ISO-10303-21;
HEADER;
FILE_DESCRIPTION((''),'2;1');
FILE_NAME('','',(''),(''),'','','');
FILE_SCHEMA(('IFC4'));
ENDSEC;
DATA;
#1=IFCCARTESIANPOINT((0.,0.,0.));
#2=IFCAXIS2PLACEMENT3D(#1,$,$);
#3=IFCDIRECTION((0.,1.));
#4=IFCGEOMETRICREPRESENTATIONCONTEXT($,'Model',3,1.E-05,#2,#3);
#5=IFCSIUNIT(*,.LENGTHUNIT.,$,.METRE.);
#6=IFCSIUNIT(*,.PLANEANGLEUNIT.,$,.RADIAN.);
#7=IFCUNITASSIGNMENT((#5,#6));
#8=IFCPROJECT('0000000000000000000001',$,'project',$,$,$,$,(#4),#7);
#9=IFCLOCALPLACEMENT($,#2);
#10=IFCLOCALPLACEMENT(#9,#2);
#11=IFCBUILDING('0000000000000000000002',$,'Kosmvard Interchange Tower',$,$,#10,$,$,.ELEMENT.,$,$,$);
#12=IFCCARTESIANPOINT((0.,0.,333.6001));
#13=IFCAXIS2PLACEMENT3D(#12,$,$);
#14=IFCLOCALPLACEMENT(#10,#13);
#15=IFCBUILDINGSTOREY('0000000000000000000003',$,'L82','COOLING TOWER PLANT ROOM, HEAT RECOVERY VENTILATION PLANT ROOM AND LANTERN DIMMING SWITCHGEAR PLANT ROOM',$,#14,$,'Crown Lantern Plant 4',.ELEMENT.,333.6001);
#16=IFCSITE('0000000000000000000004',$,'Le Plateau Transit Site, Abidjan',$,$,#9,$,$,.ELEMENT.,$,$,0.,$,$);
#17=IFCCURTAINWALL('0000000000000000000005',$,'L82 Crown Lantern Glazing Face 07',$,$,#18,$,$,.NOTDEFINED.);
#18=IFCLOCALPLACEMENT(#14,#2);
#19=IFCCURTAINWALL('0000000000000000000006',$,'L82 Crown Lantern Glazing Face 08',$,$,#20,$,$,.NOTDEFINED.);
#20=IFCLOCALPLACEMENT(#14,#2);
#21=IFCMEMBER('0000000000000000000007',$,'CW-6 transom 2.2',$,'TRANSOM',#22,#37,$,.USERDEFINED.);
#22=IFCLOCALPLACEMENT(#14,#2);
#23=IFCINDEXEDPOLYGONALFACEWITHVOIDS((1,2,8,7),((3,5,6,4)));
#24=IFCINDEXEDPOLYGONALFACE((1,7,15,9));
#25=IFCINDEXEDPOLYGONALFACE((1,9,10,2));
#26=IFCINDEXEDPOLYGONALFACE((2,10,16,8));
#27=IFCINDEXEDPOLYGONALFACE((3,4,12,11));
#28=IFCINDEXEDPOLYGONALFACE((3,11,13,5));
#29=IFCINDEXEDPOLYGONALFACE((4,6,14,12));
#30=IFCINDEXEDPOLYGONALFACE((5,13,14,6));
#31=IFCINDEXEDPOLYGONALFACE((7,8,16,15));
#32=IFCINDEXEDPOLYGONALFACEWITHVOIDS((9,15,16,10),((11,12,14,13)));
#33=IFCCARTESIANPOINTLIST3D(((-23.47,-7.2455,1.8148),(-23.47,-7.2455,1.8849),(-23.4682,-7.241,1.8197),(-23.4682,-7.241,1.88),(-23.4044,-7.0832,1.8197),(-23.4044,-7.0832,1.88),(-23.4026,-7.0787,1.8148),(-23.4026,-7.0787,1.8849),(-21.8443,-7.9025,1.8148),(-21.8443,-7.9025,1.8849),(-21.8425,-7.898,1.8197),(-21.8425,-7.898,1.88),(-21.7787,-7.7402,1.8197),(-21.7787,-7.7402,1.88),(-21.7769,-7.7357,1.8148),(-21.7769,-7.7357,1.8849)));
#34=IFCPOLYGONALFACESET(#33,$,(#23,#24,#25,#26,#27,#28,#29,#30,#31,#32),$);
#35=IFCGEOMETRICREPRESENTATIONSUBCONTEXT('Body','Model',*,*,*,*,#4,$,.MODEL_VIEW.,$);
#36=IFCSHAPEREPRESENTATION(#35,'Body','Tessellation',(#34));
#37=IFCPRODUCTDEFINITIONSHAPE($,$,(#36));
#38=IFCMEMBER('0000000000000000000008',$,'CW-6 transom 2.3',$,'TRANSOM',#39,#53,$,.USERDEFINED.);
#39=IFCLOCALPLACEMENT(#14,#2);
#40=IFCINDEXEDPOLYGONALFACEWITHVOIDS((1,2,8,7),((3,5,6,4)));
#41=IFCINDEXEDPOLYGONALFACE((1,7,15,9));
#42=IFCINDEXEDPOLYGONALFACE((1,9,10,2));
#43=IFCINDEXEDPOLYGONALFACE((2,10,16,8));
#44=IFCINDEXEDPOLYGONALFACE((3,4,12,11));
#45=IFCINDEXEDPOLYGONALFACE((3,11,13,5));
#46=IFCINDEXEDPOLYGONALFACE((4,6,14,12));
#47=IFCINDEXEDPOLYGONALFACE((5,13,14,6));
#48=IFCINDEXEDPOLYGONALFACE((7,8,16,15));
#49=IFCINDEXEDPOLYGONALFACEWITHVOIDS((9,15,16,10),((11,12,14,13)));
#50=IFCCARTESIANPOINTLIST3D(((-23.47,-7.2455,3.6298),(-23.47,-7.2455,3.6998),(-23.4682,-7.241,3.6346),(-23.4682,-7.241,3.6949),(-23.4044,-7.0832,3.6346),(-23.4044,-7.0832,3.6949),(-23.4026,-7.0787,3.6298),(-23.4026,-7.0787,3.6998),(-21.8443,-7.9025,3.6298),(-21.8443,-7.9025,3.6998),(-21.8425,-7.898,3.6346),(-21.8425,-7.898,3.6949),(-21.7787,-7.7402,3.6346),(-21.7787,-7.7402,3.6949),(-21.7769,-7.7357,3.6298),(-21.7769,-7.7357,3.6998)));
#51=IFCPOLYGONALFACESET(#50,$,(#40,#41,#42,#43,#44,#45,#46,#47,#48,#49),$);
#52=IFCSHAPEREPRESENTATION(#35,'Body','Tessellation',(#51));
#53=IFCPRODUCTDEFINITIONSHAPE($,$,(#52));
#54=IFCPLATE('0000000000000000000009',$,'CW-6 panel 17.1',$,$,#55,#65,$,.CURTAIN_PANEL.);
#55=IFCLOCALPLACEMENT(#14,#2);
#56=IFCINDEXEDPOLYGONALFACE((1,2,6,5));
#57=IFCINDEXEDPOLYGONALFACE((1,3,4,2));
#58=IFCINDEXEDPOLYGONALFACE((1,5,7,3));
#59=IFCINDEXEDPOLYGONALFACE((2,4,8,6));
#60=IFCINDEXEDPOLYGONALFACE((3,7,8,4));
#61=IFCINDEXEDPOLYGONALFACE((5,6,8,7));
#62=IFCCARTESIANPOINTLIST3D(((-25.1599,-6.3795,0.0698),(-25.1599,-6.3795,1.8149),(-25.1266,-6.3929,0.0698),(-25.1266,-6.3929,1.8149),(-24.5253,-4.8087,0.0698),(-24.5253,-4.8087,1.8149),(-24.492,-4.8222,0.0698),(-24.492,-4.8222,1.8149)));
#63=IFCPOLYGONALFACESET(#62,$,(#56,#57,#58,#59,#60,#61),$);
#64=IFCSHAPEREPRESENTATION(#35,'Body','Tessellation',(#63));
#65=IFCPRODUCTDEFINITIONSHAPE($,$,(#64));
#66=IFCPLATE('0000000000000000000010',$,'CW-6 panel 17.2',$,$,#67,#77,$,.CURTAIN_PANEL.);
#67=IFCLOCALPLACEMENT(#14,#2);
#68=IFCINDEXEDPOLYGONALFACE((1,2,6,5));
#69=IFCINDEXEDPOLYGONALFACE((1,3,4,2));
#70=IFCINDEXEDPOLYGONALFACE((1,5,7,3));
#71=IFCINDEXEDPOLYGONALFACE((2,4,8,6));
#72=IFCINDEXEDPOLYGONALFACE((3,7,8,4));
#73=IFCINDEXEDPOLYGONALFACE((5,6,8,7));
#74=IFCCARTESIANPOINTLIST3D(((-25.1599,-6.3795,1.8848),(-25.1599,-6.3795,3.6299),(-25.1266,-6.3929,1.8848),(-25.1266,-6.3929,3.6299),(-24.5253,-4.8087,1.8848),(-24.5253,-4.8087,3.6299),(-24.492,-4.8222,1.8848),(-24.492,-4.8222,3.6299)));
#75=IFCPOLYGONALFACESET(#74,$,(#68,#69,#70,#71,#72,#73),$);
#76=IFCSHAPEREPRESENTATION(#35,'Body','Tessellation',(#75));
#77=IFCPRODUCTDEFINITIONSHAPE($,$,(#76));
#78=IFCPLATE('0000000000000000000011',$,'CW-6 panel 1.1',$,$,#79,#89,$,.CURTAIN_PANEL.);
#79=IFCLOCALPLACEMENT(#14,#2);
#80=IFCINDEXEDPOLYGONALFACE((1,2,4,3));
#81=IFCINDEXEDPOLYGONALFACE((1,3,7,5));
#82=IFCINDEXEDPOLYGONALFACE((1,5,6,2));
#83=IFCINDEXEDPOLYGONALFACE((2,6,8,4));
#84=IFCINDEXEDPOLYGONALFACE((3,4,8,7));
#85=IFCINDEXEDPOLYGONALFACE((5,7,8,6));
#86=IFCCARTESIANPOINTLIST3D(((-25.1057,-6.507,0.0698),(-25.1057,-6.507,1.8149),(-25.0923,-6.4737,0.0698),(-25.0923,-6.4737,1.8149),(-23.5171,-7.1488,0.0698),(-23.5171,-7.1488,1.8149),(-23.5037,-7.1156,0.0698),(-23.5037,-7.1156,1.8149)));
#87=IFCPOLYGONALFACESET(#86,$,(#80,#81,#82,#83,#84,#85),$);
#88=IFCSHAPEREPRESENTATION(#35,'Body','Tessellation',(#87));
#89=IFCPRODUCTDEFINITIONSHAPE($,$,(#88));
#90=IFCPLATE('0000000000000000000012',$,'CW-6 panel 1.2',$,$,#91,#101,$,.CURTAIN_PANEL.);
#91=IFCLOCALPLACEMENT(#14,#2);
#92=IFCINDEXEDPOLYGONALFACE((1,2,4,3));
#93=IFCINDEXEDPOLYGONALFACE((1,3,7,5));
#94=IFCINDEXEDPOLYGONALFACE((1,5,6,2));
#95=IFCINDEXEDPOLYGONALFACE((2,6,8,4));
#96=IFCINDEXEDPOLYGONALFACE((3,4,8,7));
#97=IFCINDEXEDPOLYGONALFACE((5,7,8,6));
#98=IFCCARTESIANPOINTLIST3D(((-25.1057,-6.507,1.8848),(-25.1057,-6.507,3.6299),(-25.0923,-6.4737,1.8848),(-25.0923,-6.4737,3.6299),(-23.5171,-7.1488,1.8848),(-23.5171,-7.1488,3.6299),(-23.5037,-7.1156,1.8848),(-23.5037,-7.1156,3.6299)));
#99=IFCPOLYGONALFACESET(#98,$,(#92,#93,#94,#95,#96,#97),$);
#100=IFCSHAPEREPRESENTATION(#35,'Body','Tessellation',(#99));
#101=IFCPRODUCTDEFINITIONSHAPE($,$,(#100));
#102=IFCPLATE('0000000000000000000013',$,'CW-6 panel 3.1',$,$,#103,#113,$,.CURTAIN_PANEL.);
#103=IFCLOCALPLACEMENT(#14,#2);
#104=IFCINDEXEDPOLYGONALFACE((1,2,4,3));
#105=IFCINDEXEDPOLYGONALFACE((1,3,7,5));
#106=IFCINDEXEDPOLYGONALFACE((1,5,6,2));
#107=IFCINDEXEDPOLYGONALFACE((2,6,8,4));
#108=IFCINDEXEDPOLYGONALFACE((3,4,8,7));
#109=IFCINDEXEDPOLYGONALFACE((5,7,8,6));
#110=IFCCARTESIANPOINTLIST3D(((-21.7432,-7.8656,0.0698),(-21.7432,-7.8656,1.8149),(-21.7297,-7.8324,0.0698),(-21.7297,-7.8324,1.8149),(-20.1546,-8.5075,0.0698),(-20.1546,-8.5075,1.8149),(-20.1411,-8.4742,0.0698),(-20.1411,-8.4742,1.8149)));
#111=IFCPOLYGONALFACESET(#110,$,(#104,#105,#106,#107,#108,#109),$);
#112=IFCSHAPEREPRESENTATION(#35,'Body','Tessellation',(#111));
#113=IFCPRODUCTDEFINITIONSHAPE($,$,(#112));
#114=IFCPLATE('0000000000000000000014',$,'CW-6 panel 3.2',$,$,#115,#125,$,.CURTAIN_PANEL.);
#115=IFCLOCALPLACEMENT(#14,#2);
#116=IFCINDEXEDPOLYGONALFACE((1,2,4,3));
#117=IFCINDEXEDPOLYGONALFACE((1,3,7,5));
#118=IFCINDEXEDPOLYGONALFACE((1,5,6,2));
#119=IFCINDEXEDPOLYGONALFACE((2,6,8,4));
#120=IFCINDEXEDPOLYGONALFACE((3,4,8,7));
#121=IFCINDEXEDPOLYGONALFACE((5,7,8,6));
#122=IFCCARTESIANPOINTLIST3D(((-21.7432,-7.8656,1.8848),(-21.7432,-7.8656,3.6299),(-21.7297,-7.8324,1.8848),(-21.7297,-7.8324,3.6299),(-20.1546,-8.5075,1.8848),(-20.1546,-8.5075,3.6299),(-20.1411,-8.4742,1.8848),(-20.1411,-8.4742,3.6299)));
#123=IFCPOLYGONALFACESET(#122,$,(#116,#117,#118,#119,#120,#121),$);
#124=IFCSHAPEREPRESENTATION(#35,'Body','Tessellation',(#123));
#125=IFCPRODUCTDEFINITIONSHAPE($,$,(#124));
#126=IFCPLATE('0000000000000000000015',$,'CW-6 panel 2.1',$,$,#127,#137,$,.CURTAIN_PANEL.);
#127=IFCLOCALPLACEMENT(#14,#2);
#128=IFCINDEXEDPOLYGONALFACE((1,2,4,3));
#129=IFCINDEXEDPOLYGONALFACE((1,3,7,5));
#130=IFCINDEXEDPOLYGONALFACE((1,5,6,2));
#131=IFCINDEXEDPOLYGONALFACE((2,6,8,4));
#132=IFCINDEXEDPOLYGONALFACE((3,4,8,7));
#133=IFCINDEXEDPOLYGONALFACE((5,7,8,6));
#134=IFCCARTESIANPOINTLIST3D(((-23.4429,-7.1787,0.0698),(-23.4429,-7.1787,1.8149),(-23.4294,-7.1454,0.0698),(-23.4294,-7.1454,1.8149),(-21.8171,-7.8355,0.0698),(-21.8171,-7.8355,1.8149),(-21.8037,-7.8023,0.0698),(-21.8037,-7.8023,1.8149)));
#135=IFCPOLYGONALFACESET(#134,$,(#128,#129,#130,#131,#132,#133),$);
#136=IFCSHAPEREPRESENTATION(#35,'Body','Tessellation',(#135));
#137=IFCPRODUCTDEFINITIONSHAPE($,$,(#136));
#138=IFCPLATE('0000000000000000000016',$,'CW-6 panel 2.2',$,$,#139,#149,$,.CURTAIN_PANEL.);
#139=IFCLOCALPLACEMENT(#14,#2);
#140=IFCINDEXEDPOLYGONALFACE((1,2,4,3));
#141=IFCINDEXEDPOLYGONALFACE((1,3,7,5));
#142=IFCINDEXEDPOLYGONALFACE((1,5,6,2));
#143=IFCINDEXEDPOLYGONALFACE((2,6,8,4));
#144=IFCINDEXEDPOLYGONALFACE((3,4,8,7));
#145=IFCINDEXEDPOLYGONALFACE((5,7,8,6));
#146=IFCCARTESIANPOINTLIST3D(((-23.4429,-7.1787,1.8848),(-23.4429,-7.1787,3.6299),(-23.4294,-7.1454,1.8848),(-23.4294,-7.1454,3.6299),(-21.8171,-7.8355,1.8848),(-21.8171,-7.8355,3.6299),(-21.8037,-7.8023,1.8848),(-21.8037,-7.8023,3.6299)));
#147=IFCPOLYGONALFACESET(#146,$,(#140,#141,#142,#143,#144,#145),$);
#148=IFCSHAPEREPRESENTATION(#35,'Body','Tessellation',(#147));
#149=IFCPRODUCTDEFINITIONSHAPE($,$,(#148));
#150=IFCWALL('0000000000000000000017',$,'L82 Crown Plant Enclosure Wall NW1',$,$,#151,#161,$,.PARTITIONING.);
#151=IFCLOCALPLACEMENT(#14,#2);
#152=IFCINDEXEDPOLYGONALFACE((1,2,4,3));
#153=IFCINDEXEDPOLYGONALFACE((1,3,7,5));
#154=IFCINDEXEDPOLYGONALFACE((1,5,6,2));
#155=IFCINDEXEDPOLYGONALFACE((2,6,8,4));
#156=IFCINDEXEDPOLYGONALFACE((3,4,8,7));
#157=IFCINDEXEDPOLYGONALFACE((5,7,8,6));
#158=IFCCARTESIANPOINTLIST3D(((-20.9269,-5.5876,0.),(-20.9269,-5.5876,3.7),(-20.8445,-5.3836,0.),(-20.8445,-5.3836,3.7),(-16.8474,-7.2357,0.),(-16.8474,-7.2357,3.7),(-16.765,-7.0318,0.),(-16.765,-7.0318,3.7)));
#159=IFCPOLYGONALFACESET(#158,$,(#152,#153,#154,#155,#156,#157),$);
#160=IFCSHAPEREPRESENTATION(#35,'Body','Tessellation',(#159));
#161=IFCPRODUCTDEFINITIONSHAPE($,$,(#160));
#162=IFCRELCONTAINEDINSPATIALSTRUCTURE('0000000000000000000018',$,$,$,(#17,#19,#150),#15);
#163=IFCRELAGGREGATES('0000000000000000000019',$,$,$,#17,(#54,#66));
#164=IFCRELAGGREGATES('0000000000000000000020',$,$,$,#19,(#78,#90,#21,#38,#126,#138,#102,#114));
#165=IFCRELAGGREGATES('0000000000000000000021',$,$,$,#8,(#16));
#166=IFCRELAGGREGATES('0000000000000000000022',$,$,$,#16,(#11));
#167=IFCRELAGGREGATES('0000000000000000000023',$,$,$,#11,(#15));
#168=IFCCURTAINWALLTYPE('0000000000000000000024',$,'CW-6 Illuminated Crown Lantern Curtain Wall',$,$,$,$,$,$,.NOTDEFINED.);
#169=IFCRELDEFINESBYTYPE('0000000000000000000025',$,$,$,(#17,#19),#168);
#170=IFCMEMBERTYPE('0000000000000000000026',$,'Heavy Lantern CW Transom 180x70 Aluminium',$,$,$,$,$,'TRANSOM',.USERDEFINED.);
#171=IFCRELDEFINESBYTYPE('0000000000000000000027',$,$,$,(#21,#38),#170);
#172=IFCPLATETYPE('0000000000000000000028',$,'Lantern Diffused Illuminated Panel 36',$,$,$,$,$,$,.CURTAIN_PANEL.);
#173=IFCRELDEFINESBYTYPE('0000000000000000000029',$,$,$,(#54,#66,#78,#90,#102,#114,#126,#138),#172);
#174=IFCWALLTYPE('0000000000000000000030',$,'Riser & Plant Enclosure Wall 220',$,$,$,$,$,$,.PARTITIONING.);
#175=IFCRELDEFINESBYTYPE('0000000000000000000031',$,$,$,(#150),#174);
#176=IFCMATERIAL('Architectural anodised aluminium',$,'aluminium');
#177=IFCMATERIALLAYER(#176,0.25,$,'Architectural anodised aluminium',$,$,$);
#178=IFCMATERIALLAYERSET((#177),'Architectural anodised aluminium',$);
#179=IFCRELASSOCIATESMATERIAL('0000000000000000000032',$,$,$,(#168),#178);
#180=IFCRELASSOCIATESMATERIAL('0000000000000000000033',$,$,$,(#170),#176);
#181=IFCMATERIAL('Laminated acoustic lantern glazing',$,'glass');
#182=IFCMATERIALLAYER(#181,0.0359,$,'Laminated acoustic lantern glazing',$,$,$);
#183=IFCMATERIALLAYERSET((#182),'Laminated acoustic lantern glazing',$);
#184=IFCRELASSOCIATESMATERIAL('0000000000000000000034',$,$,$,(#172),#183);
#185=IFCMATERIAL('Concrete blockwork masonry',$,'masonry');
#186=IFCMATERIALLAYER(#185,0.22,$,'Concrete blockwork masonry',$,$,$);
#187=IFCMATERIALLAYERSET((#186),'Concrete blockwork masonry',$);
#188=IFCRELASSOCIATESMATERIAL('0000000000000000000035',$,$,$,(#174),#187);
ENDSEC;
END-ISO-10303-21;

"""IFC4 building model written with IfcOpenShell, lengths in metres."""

from ifc_helpers import new_model, si_unit, direction, frame, frame_2d, origin, origin_2d, place, context, subcontext, project, spatial, rectangle, hollow_rectangle, extrude, source, transform, mapped, material, layer, layer_set, material_profile, profile_set, type_object, element, aggregate, save


model = new_model("IFC4")

# Units and contexts
model_context = context("Model", 3, precision=1e-05, world=origin(), true_north=direction((0.0, 1.0)))
body_context = subcontext(model_context, "Body", "Model", "MODEL_VIEW")
ifc_project = project(units=[si_unit("LENGTHUNIT", "METRE"), si_unit("PLANEANGLEUNIT", "RADIAN")], contexts=[model_context])

# Site, building, storey
site_placement = place(None, origin())
site = spatial("IfcSite", under=ifc_project, at=site_placement, Name="Le Plateau Transit Site, Abidjan", CompositionType="ELEMENT", RefElevation=0.0)
building_placement = place(site_placement, origin())
building = spatial("IfcBuilding", under=site, at=building_placement, Name="Kosmvard Interchange Tower", CompositionType="ELEMENT")
storey_placement = place(building_placement, frame((0.0, 0.0, 333.6001)))
storey = spatial("IfcBuildingStorey", under=building, at=storey_placement, Name="L82", Description="COOLING TOWER PLANT ROOM, HEAT RECOVERY VENTILATION PLANT ROOM AND LANTERN DIMMING SWITCHGEAR PLANT ROOM", LongName="Crown Lantern Plant 4", CompositionType="ELEMENT", Elevation=333.6001)

# Curtain wall
ifc_material_1 = material(Name="Architectural anodised aluminium", Category="aluminium")
ifc_layer_1 = layer(ifc_material_1, 0.25, Name="Architectural anodised aluminium")
ifc_layer_set_1 = layer_set([ifc_layer_1], Name="Architectural anodised aluminium")
curtain_wall_type = type_object("IfcCurtainWallType", Name="CW-6 Illuminated Crown Lantern Curtain Wall", PredefinedType="NOTDEFINED", material=ifc_layer_set_1)
curtain_wall_1_placement = place(storey_placement, origin())
curtain_wall_1 = element("IfcCurtainWall", 1, at=curtain_wall_1_placement, inside=storey, type_object=curtain_wall_type, Name="L82 Crown Lantern Glazing Face 07", PredefinedType="NOTDEFINED")

# Curtain wall, members
curtain_wall_2_placement = place(storey_placement, origin())
curtain_wall_2 = element("IfcCurtainWall", 2, at=curtain_wall_2_placement, inside=storey, type_object=curtain_wall_type, Name="L82 Crown Lantern Glazing Face 08", PredefinedType="NOTDEFINED")
ifc_material_profile_1 = material_profile(ifc_material_1, hollow_rectangle(XDim=0.1799, YDim=0.0701, WallThickness=0.0049, at=origin_2d()), Name="CWT 180x70x5")
ifc_profile_set_1 = profile_set([ifc_material_profile_1], Name="Architectural anodised aluminium")
member_type_1 = type_object("IfcMemberType", Name="Heavy Lantern CW Transom 180x70 Aluminium", ElementType="TRANSOM", PredefinedType="USERDEFINED", material=ifc_profile_set_1)
shared_shape_1 = source(origin(), body_context, "Body", "SweptSolid", [
    extrude(hollow_rectangle(XDim=0.1799, YDim=0.0701, WallThickness=0.0049, at=origin_2d()), origin(), (0.0, 0.0, 1.0), 1.7534),
])
member_1_placement = place(storey_placement, frame((-23.4363, -7.1621, 1.8499), z_axis=(0.927155, -0.374677, 0.0), x_axis=(0.374677, 0.927155, 0.0)))
member_1 = element("IfcMember", 3, at=member_1_placement, type_object=member_type_1, Name="CW-6 transom 2.2", ObjectType="TRANSOM", PredefinedType="USERDEFINED", context=body_context, shape_type="MappedRepresentation", body=[
    mapped(shared_shape_1, transform((0.0, 0.0, 0.0), scale=1.0)),
])
member_2_placement = place(storey_placement, frame((-23.4363, -7.1621, 3.6648), z_axis=(0.927155, -0.374677, 0.0), x_axis=(0.374677, 0.927155, 0.0)))
member_2 = element("IfcMember", 4, at=member_2_placement, type_object=member_type_1, Name="CW-6 transom 2.3", ObjectType="TRANSOM", PredefinedType="USERDEFINED", context=body_context, shape_type="MappedRepresentation", body=[
    mapped(shared_shape_1, transform((0.0, 0.0, 0.0), scale=1.0)),
])

# Plates
ifc_material_2 = material(Name="Laminated acoustic lantern glazing", Category="glass")
ifc_layer_2 = layer(ifc_material_2, 0.0359, Name="Laminated acoustic lantern glazing")
ifc_layer_set_2 = layer_set([ifc_layer_2], Name="Laminated acoustic lantern glazing")
plate_type = type_object("IfcPlateType", Name="Lantern Diffused Illuminated Panel 36", PredefinedType="CURTAIN_PANEL", material=ifc_layer_set_2)
shared_shape_2 = source(origin(), body_context, "Body", "SweptSolid", [
    extrude(rectangle(XDim=1.6941, YDim=0.0359, at=origin_2d()), origin(), (0.0, 0.0, 1.0), 1.7451),
])
plate_1_placement = place(storey_placement, frame((-24.8259, -5.6008, 0.0698), z_axis=(0.0, 0.0, 1.0), x_axis=(-0.374607, -0.927184, 0.0)))
plate_1 = element("IfcPlate", 5, at=plate_1_placement, type_object=plate_type, Name="CW-6 panel 17.1", PredefinedType="CURTAIN_PANEL", context=body_context, shape_type="MappedRepresentation", body=[
    mapped(shared_shape_2, transform((0.0, 0.0, 0.0), scale=1.0)),
])
plate_2_placement = place(storey_placement, frame((-24.8259, -5.6008, 1.8848), z_axis=(0.0, 0.0, 1.0), x_axis=(-0.374607, -0.927184, 0.0)))
plate_2 = element("IfcPlate", 6, at=plate_2_placement, type_object=plate_type, Name="CW-6 panel 17.2", PredefinedType="CURTAIN_PANEL", context=body_context, shape_type="MappedRepresentation", body=[
    mapped(shared_shape_2, transform((0.0, 0.0, 0.0), scale=1.0)),
])
aggregate(curtain_wall_1, [plate_1, plate_2])
shared_shape_3 = source(origin(), body_context, "Body", "SweptSolid", [
    extrude(rectangle(XDim=1.7134, YDim=0.0359, at=origin_2d()), origin(), (0.0, 0.0, 1.0), 1.7451),
])
plate_3_placement = place(storey_placement, frame((-24.3047, -6.8113, 0.0698), z_axis=(0.0, 0.0, 1.0), x_axis=(0.927184, -0.374607, 0.0)))
plate_3 = element("IfcPlate", 7, at=plate_3_placement, type_object=plate_type, Name="CW-6 panel 1.1", PredefinedType="CURTAIN_PANEL", context=body_context, shape_type="MappedRepresentation", body=[
    mapped(shared_shape_3, transform((0.0, 0.0, 0.0), scale=1.0)),
])
plate_4_placement = place(storey_placement, frame((-24.3047, -6.8113, 1.8848), z_axis=(0.0, 0.0, 1.0), x_axis=(0.927184, -0.374607, 0.0)))
plate_4 = element("IfcPlate", 8, at=plate_4_placement, type_object=plate_type, Name="CW-6 panel 1.2", PredefinedType="CURTAIN_PANEL", context=body_context, shape_type="MappedRepresentation", body=[
    mapped(shared_shape_3, transform((0.0, 0.0, 0.0), scale=1.0)),
])
plate_5_placement = place(storey_placement, frame((-20.9421, -8.1699, 0.0698), z_axis=(0.0, 0.0, 1.0), x_axis=(0.927184, -0.374607, 0.0)))
plate_5 = element("IfcPlate", 9, at=plate_5_placement, type_object=plate_type, Name="CW-6 panel 3.1", PredefinedType="CURTAIN_PANEL", context=body_context, shape_type="MappedRepresentation", body=[
    mapped(shared_shape_3, transform((0.0, 0.0, 0.0), scale=1.0)),
])
plate_6_placement = place(storey_placement, frame((-20.9421, -8.1699, 1.8848), z_axis=(0.0, 0.0, 1.0), x_axis=(0.927184, -0.374607, 0.0)))
plate_6 = element("IfcPlate", 10, at=plate_6_placement, type_object=plate_type, Name="CW-6 panel 3.2", PredefinedType="CURTAIN_PANEL", context=body_context, shape_type="MappedRepresentation", body=[
    mapped(shared_shape_3, transform((0.0, 0.0, 0.0), scale=1.0)),
])
shared_shape_4 = source(origin(), body_context, "Body", "SweptSolid", [
    extrude(rectangle(XDim=1.7534, YDim=0.0359, at=origin_2d()), origin(), (0.0, 0.0, 1.0), 1.7451),
])
plate_7_placement = place(storey_placement, frame((-22.6233, -7.4905, 0.0698), z_axis=(0.0, 0.0, 1.0), x_axis=(0.927184, -0.374607, 0.0)))
plate_7 = element("IfcPlate", 11, at=plate_7_placement, type_object=plate_type, Name="CW-6 panel 2.1", PredefinedType="CURTAIN_PANEL", context=body_context, shape_type="MappedRepresentation", body=[
    mapped(shared_shape_4, transform((0.0, 0.0, 0.0), scale=1.0)),
])
plate_8_placement = place(storey_placement, frame((-22.6233, -7.4905, 1.8848), z_axis=(0.0, 0.0, 1.0), x_axis=(0.927184, -0.374607, 0.0)))
plate_8 = element("IfcPlate", 12, at=plate_8_placement, type_object=plate_type, Name="CW-6 panel 2.2", PredefinedType="CURTAIN_PANEL", context=body_context, shape_type="MappedRepresentation", body=[
    mapped(shared_shape_4, transform((0.0, 0.0, 0.0), scale=1.0)),
])
aggregate(curtain_wall_2, [plate_3, plate_4, member_1, member_2, plate_7, plate_8, plate_5, plate_6])

# Wall
ifc_material_3 = material(Name="Concrete blockwork masonry", Category="masonry")
ifc_layer_3 = layer(ifc_material_3, 0.22, Name="Concrete blockwork masonry")
ifc_layer_set_3 = layer_set([ifc_layer_3], Name="Concrete blockwork masonry")
wall_type = type_object("IfcWallType", Name="Riser & Plant Enclosure Wall 220", PredefinedType="PARTITIONING", material=ifc_layer_set_3)
wall_placement = place(storey_placement, frame((-20.8857, -5.4856, 0.0), z_axis=(0.0, 0.0, 1.0), x_axis=(0.927189, -0.374593, 0.0)))
element("IfcWall", 13, at=wall_placement, inside=storey, type_object=wall_type, Name="L82 Crown Plant Enclosure Wall NW1", PredefinedType="PARTITIONING", context=body_context, shape_type="SweptSolid", body=[
    extrude(rectangle(XDim=4.3999, YDim=0.22, at=frame_2d((2.2, 0.0))), origin(), (0.0, 0.0, 1.0), 3.7),
])

save(model, "model.ifc")
